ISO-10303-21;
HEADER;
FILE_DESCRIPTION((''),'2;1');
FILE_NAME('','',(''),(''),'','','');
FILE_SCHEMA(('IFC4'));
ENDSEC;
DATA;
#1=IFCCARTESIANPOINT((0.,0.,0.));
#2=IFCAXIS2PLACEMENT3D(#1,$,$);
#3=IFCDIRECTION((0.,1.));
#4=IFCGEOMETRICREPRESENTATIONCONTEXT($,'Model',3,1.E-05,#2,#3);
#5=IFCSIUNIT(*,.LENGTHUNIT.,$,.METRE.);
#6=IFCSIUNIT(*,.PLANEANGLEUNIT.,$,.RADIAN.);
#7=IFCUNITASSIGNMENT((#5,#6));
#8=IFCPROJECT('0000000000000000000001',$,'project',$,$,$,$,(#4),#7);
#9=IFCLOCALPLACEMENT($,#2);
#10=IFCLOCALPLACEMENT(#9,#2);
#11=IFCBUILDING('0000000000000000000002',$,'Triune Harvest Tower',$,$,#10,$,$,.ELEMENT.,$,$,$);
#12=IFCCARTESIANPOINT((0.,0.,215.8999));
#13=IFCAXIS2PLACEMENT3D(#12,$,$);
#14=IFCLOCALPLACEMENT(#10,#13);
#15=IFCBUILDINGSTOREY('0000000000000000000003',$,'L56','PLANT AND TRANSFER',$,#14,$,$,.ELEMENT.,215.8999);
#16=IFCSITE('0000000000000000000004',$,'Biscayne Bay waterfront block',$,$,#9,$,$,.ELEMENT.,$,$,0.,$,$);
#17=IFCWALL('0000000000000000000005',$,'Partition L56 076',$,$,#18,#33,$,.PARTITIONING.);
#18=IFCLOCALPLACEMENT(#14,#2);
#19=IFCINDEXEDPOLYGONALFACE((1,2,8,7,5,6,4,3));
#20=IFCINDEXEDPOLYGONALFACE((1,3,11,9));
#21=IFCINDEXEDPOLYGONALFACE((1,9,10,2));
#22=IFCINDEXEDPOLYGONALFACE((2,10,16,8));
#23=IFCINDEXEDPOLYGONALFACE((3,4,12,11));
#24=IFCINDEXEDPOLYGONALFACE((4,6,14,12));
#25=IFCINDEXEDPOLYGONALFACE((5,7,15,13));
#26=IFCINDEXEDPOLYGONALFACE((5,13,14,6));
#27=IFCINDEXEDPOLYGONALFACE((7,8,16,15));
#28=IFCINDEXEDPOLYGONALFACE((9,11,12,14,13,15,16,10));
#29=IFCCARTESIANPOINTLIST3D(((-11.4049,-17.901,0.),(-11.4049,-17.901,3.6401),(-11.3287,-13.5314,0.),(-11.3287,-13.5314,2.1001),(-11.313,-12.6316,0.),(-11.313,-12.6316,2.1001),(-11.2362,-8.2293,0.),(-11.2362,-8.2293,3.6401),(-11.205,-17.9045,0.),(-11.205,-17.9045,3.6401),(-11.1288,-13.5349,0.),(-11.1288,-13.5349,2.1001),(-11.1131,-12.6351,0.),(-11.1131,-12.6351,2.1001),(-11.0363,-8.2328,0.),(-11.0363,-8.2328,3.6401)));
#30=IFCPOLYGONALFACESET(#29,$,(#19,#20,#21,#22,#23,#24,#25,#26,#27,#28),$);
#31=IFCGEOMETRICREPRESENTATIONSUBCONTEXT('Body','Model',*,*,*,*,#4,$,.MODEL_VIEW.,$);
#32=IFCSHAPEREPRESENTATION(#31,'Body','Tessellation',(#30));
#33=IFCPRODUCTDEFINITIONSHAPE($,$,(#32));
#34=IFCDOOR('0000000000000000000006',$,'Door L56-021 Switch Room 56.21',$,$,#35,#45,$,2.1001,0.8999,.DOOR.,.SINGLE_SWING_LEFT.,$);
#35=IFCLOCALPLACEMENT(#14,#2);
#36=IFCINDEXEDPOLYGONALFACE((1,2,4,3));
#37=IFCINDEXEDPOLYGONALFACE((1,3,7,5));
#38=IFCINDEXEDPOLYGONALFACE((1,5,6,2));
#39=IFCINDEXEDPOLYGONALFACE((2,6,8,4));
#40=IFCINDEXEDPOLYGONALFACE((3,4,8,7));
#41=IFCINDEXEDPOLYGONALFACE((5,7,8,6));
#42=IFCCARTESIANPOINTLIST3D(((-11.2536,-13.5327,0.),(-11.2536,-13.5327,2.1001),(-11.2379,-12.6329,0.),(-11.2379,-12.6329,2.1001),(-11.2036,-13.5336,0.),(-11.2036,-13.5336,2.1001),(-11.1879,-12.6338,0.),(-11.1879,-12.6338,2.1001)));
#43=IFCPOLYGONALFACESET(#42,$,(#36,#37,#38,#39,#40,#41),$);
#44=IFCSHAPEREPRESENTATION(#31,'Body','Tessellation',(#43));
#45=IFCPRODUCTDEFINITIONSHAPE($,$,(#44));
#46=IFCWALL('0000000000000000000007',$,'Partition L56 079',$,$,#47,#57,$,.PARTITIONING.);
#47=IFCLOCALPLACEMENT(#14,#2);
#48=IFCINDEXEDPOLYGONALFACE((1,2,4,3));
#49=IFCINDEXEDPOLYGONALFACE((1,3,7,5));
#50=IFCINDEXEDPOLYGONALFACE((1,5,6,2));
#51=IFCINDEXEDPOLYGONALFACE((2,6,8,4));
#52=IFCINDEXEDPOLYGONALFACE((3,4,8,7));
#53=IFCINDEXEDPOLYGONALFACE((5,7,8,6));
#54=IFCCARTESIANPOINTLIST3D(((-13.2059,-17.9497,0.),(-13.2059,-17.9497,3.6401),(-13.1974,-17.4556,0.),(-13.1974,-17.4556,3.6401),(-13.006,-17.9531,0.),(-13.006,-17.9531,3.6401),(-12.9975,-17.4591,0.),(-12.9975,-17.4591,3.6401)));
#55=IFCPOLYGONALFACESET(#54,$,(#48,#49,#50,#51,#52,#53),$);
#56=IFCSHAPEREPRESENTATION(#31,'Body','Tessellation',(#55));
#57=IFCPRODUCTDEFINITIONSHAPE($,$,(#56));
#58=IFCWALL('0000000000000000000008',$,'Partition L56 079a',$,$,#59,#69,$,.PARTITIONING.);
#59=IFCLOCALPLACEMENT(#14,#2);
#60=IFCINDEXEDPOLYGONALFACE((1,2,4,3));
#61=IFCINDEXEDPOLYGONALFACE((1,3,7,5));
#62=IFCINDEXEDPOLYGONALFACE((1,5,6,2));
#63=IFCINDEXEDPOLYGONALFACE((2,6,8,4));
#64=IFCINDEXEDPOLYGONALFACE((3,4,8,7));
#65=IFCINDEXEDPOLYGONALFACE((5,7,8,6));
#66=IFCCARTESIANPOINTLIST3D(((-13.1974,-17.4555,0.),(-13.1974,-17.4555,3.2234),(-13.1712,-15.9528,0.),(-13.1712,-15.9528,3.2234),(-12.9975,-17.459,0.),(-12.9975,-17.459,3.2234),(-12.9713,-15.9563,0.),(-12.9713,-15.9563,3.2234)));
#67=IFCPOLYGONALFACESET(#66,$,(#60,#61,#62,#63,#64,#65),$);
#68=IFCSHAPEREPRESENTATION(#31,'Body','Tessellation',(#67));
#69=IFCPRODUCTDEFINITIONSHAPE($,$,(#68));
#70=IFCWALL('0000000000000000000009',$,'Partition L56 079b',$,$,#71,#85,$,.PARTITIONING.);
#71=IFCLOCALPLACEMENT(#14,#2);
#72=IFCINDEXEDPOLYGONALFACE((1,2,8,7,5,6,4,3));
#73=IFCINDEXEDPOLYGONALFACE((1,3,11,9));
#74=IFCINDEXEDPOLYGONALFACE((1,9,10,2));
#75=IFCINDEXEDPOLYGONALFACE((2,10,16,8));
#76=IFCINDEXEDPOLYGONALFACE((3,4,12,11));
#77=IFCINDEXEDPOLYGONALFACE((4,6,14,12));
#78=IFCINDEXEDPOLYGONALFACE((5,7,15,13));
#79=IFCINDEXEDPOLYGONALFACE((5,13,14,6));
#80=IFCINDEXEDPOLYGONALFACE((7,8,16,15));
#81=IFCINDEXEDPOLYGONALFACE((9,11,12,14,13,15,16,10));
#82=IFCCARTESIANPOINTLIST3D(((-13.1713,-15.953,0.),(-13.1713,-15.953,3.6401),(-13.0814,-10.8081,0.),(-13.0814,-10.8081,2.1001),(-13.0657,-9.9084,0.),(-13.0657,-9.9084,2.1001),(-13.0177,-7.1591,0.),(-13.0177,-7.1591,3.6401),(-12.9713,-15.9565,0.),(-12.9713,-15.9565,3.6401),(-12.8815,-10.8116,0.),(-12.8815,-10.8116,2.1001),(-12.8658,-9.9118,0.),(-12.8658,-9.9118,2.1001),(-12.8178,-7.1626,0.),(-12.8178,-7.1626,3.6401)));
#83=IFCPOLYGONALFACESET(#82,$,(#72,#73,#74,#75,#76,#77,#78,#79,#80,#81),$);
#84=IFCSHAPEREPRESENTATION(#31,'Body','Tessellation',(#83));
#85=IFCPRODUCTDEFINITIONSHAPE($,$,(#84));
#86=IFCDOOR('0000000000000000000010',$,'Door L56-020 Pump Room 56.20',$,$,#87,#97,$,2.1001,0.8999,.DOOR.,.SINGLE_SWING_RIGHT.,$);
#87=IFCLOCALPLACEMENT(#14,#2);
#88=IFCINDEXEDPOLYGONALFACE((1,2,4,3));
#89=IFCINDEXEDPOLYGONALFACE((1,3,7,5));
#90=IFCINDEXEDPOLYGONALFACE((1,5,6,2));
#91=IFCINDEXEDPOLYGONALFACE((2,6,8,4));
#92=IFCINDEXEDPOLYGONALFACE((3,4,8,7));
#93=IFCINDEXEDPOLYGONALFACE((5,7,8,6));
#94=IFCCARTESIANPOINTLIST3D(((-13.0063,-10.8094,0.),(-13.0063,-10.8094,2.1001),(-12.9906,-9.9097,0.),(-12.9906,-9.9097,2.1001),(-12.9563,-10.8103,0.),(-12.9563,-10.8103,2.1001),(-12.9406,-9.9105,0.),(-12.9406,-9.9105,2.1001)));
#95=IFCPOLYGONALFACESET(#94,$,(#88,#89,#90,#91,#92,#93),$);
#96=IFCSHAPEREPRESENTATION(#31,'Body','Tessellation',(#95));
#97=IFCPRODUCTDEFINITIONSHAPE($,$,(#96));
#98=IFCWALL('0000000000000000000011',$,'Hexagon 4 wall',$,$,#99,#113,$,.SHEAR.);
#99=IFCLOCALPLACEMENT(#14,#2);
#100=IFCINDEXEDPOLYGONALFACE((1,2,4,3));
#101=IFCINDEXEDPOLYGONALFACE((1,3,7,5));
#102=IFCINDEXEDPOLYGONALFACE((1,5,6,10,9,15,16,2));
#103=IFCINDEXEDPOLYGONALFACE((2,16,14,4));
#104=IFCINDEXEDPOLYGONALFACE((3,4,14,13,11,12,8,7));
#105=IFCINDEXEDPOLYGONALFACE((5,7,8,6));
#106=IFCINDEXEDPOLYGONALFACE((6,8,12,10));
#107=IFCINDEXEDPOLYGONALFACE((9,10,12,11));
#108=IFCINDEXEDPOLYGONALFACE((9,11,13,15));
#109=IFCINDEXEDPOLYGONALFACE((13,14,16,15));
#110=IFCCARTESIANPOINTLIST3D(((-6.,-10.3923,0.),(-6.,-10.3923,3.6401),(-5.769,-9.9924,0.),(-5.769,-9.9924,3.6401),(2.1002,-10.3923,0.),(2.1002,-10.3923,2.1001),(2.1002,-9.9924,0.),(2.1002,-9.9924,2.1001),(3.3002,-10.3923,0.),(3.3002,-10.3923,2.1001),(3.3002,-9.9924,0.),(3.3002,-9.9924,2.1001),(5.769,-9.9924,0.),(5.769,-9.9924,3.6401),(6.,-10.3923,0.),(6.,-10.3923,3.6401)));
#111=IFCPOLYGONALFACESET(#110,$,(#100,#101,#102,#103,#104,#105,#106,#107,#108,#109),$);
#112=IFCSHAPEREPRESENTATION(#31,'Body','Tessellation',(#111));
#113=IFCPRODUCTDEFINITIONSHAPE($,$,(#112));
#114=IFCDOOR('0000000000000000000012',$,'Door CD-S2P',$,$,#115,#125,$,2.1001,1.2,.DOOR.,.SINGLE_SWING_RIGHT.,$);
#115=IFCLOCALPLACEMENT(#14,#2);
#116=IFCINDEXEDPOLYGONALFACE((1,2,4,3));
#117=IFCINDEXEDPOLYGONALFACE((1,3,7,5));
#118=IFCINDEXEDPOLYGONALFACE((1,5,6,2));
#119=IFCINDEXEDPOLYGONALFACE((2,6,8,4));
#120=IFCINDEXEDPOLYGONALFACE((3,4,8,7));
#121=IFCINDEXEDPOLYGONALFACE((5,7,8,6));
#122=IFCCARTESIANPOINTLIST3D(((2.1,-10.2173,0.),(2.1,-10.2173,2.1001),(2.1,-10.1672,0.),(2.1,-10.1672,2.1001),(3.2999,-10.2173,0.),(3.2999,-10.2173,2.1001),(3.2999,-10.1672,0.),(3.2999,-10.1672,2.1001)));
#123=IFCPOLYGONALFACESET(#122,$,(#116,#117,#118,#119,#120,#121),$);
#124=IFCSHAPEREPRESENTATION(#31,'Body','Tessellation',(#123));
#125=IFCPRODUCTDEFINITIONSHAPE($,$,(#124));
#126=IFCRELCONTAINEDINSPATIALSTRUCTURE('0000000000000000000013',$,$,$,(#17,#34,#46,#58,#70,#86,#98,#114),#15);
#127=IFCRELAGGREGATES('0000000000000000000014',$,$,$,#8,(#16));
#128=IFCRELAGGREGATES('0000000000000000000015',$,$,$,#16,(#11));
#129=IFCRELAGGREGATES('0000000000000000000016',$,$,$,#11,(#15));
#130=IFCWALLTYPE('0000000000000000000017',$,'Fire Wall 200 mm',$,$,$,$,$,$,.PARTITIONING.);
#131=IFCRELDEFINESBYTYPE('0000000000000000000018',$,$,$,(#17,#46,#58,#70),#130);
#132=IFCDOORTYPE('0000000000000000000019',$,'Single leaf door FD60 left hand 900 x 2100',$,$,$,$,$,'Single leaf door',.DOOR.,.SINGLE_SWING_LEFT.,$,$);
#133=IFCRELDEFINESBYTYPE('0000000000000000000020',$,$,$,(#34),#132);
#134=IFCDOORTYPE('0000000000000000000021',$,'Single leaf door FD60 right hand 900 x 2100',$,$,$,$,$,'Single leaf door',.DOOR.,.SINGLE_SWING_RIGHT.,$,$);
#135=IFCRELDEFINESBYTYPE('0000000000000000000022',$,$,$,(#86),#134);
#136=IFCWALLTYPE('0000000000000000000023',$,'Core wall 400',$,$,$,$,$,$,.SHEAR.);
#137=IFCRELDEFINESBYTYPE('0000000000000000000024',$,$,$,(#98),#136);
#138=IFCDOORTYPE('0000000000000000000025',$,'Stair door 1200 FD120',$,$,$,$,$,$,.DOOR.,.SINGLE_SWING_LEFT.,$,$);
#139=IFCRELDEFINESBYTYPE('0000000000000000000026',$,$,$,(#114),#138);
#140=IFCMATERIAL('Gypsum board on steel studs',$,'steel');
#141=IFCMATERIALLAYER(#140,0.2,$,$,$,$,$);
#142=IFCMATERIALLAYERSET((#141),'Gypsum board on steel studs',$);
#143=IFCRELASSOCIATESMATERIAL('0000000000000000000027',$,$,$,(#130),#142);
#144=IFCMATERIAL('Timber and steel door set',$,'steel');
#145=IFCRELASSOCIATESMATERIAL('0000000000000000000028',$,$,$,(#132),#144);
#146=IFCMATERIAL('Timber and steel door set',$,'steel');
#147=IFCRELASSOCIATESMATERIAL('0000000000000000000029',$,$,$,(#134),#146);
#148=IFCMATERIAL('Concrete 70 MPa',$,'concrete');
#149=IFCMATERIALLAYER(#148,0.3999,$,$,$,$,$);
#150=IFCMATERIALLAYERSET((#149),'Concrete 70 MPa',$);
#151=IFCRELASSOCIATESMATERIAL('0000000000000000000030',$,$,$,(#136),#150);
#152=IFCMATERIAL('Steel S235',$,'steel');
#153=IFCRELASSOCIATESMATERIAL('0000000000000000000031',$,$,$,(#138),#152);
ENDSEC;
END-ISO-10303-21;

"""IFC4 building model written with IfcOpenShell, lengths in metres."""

from ifc_helpers import new_model, si_unit, direction, frame, frame_2d, origin, place, context, subcontext, project, spatial, polyline, rectangle, outline, extrude, source, transform, mapped, material, layer, layer_set, type_object, element, fill, save


model = new_model("IFC4")

# Units and contexts
model_context = context("Model", 3, precision=1e-05, world=origin(), true_north=direction((0.0, 1.0)))
body_context = subcontext(model_context, "Body", "Model", "MODEL_VIEW")
ifc_project = project(units=[si_unit("LENGTHUNIT", "METRE"), si_unit("PLANEANGLEUNIT", "RADIAN")], contexts=[model_context])

# Site, building, storey
site_placement = place(None, origin())
site = spatial("IfcSite", under=ifc_project, at=site_placement, Name="Biscayne Bay waterfront block", CompositionType="ELEMENT", RefElevation=0.0)
building_placement = place(site_placement, origin())
building = spatial("IfcBuilding", under=site, at=building_placement, Name="Triune Harvest Tower", CompositionType="ELEMENT")
storey_placement = place(building_placement, frame((0.0, 0.0, 215.8999)))
storey = spatial("IfcBuildingStorey", under=building, at=storey_placement, Name="L56", Description="PLANT AND TRANSFER", CompositionType="ELEMENT", Elevation=215.8999)

# Shared definitions
ifc_material_1 = material(Name="Gypsum board on steel studs", Category="steel")
ifc_layer_1 = layer(ifc_material_1, 0.2)
ifc_layer_set_1 = layer_set([ifc_layer_1], Name="Gypsum board on steel studs")
wall_type_1 = type_object("IfcWallType", Name="Fire Wall 200 mm", PredefinedType="PARTITIONING", material=ifc_layer_set_1)

# Shared definitions
ifc_material_2 = material(Name="Timber and steel door set", Category="steel")
door_type_1 = type_object("IfcDoorType", Name="Single leaf door FD60 left hand 900 x 2100", ElementType="Single leaf door", OperationType="SINGLE_SWING_LEFT", PredefinedType="DOOR", material=ifc_material_2)

# Wall, opening, door
wall_1_placement = place(storey_placement, frame((-11.3049, -17.9026, 0.0), z_axis=(0.0, 0.0, 1.0), x_axis=(0.01744, 0.999848, 0.0)))
wall_1 = element("IfcWall", 1, at=wall_1_placement, inside=storey, type_object=wall_type_1, Name="Partition L56 076", PredefinedType="PARTITIONING", context=body_context, shape_type="SweptSolid", body=[
    extrude(rectangle(XDim=9.6731, YDim=0.2, at=frame_2d((4.8364, 0.0))), origin(), (0.0, 0.0, 1.0), 3.6401),
])
opening_1_placement = place(wall_1_placement, frame((4.3701, 0.0, 0.0)))
opening_1 = element("IfcOpeningElement", 2, at=opening_1_placement, cuts=wall_1, PredefinedType="OPENING", context=body_context, shape_type="SweptSolid", body=[
    extrude(rectangle(XDim=0.8999, YDim=2.1001, at=frame_2d((0.45, 1.05))), frame((0.0, 0.1099, 0.0), z_axis=(0.0, -1.0, 0.0), x_axis=(1.0, 0.0, 0.0)), (0.0, 0.0, 1.0), 0.22),
])
door_1_placement = place(opening_1_placement, origin())
door_1 = element("IfcDoor", 3, at=door_1_placement, inside=storey, type_object=door_type_1, Name="Door L56-021 Switch Room 56.21", OperationType="SINGLE_SWING_LEFT", OverallHeight=2.1001, OverallWidth=0.8999, PredefinedType="DOOR", context=body_context, shape_type="SweptSolid", body=[
    extrude(rectangle(XDim=0.8999, YDim=2.1001, at=frame_2d((0.45, 1.05))), frame((0.0, 0.0249, 0.0), z_axis=(0.0, -1.0, 0.0), x_axis=(1.0, 0.0, 0.0)), (0.0, 0.0, 1.0), 0.05),
])
fill(opening_1, door_1)

# Walls
wall_2_placement = place(storey_placement, frame((-13.106, -17.9514, 0.0), z_axis=(0.0, 0.0, 1.0), x_axis=(0.01729, 0.999851, 0.0)))
element("IfcWall", 4, at=wall_2_placement, inside=storey, type_object=wall_type_1, Name="Partition L56 079", PredefinedType="PARTITIONING", context=body_context, shape_type="SweptSolid", body=[
    extrude(rectangle(XDim=0.4941, YDim=0.2, at=frame_2d((0.2471, 0.0))), origin(), (0.0, 0.0, 1.0), 3.6401),
])
wall_3_placement = place(storey_placement, frame((-13.0974, -17.4573, 0.0), z_axis=(0.0, 0.0, 1.0), x_axis=(0.017382, 0.999849, 0.0)))
element("IfcWall", 5, at=wall_3_placement, inside=storey, type_object=wall_type_1, Name="Partition L56 079a", PredefinedType="PARTITIONING", context=body_context, shape_type="SweptSolid", body=[
    extrude(rectangle(XDim=1.5029, YDim=0.2, at=frame_2d((0.7515, 0.0))), origin(), (0.0, 0.0, 1.0), 3.2234),
])

# Walls, openings, doors
wall_4_placement = place(storey_placement, frame((-13.0713, -15.9546, 0.0), z_axis=(0.0, 0.0, 1.0), x_axis=(0.01746, 0.999848, 0.0)))
wall_4 = element("IfcWall", 6, at=wall_4_placement, inside=storey, type_object=wall_type_1, Name="Partition L56 079b", PredefinedType="PARTITIONING", context=body_context, shape_type="SweptSolid", body=[
    extrude(rectangle(XDim=8.7952, YDim=0.2, at=frame_2d((4.3975, 0.0))), origin(), (0.0, 0.0, 1.0), 3.6401),
])
opening_2_placement = place(wall_4_placement, frame((5.1455, 0.0, 0.0)))
opening_2 = element("IfcOpeningElement", 7, at=opening_2_placement, cuts=wall_4, PredefinedType="OPENING", context=body_context, shape_type="SweptSolid", body=[
    extrude(rectangle(XDim=0.8999, YDim=2.1001, at=frame_2d((0.45, 1.05))), frame((0.0, 0.1099, 0.0), z_axis=(0.0, -1.0, 0.0), x_axis=(1.0, 0.0, 0.0)), (0.0, 0.0, 1.0), 0.22),
])
ifc_material_3 = material(Name="Timber and steel door set", Category="steel")
door_type_2 = type_object("IfcDoorType", Name="Single leaf door FD60 right hand 900 x 2100", ElementType="Single leaf door", OperationType="SINGLE_SWING_RIGHT", PredefinedType="DOOR", material=ifc_material_3)
door_2_placement = place(opening_2_placement, origin())
door_2 = element("IfcDoor", 8, at=door_2_placement, inside=storey, type_object=door_type_2, Name="Door L56-020 Pump Room 56.20", OperationType="SINGLE_SWING_RIGHT", OverallHeight=2.1001, OverallWidth=0.8999, PredefinedType="DOOR", context=body_context, shape_type="SweptSolid", body=[
    extrude(rectangle(XDim=0.8999, YDim=2.1001, at=frame_2d((0.45, 1.05))), frame((0.0, 0.0249, 0.0), z_axis=(0.0, -1.0, 0.0), x_axis=(1.0, 0.0, 0.0)), (0.0, 0.0, 1.0), 0.05),
])
fill(opening_2, door_2)
ifc_material_4 = material(Name="Concrete 70 MPa", Category="concrete")
ifc_layer_2 = layer(ifc_material_4, 0.3999)
ifc_layer_set_2 = layer_set([ifc_layer_2], Name="Concrete 70 MPa")
wall_type_2 = type_object("IfcWallType", Name="Core wall 400", PredefinedType="SHEAR", material=ifc_layer_set_2)
shared_shape_1 = source(origin(), body_context, "Body", "SweptSolid", [
    extrude(outline(polyline([(-0.1155, -0.2), (11.8845, -0.2), (11.6536, 0.2), (0.1155, 0.2), (-0.1155, -0.2)])), origin(), (0.0, 0.0, 1.0), 3.6401),
])
wall_5_placement = place(storey_placement, frame((-5.8845, -10.1924, 0.0), z_axis=(0.0, 0.0, 1.0), x_axis=(1.0, 0.0, 0.0)))
wall_5 = element("IfcWall", 9, at=wall_5_placement, inside=storey, type_object=wall_type_2, Name="Hexagon 4 wall", PredefinedType="SHEAR", context=body_context, shape_type="MappedRepresentation", body=[
    mapped(shared_shape_1, transform((0.0, 0.0, 0.0), scale=1.0)),
])
opening_3_placement = place(wall_5_placement, frame((7.9846, 0.0, 0.0)))
opening_3 = element("IfcOpeningElement", 10, at=opening_3_placement, cuts=wall_5, PredefinedType="OPENING", context=body_context, shape_type="SweptSolid", body=[
    extrude(rectangle(XDim=1.2, YDim=2.1001, at=frame_2d((0.6001, 1.05))), frame((0.0, 0.21, 0.0), z_axis=(0.0, -1.0, 0.0), x_axis=(1.0, 0.0, 0.0)), (0.0, 0.0, 1.0), 0.4199),
])
ifc_material_5 = material(Name="Steel S235", Category="steel")
door_type_3 = type_object("IfcDoorType", Name="Stair door 1200 FD120", OperationType="SINGLE_SWING_LEFT", PredefinedType="DOOR", material=ifc_material_5)
door_3_placement = place(opening_3_placement, frame((1.2, 0.0, 0.0), z_axis=(0.0, 0.0, 1.0), x_axis=(-1.0, 0.0, 0.0)))
door_3 = element("IfcDoor", 11, at=door_3_placement, inside=storey, type_object=door_type_3, Name="Door CD-S2P", OperationType="SINGLE_SWING_RIGHT", OverallHeight=2.1001, OverallWidth=1.2, PredefinedType="DOOR", context=body_context, shape_type="SweptSolid", body=[
    extrude(rectangle(XDim=1.2, YDim=2.1001, at=frame_2d((0.6001, 1.05))), frame((0.0, 0.0249, 0.0), z_axis=(0.0, -1.0, 0.0), x_axis=(1.0, 0.0, 0.0)), (0.0, 0.0, 1.0), 0.05),
])
fill(opening_3, door_3)

save(model, "model.ifc")
